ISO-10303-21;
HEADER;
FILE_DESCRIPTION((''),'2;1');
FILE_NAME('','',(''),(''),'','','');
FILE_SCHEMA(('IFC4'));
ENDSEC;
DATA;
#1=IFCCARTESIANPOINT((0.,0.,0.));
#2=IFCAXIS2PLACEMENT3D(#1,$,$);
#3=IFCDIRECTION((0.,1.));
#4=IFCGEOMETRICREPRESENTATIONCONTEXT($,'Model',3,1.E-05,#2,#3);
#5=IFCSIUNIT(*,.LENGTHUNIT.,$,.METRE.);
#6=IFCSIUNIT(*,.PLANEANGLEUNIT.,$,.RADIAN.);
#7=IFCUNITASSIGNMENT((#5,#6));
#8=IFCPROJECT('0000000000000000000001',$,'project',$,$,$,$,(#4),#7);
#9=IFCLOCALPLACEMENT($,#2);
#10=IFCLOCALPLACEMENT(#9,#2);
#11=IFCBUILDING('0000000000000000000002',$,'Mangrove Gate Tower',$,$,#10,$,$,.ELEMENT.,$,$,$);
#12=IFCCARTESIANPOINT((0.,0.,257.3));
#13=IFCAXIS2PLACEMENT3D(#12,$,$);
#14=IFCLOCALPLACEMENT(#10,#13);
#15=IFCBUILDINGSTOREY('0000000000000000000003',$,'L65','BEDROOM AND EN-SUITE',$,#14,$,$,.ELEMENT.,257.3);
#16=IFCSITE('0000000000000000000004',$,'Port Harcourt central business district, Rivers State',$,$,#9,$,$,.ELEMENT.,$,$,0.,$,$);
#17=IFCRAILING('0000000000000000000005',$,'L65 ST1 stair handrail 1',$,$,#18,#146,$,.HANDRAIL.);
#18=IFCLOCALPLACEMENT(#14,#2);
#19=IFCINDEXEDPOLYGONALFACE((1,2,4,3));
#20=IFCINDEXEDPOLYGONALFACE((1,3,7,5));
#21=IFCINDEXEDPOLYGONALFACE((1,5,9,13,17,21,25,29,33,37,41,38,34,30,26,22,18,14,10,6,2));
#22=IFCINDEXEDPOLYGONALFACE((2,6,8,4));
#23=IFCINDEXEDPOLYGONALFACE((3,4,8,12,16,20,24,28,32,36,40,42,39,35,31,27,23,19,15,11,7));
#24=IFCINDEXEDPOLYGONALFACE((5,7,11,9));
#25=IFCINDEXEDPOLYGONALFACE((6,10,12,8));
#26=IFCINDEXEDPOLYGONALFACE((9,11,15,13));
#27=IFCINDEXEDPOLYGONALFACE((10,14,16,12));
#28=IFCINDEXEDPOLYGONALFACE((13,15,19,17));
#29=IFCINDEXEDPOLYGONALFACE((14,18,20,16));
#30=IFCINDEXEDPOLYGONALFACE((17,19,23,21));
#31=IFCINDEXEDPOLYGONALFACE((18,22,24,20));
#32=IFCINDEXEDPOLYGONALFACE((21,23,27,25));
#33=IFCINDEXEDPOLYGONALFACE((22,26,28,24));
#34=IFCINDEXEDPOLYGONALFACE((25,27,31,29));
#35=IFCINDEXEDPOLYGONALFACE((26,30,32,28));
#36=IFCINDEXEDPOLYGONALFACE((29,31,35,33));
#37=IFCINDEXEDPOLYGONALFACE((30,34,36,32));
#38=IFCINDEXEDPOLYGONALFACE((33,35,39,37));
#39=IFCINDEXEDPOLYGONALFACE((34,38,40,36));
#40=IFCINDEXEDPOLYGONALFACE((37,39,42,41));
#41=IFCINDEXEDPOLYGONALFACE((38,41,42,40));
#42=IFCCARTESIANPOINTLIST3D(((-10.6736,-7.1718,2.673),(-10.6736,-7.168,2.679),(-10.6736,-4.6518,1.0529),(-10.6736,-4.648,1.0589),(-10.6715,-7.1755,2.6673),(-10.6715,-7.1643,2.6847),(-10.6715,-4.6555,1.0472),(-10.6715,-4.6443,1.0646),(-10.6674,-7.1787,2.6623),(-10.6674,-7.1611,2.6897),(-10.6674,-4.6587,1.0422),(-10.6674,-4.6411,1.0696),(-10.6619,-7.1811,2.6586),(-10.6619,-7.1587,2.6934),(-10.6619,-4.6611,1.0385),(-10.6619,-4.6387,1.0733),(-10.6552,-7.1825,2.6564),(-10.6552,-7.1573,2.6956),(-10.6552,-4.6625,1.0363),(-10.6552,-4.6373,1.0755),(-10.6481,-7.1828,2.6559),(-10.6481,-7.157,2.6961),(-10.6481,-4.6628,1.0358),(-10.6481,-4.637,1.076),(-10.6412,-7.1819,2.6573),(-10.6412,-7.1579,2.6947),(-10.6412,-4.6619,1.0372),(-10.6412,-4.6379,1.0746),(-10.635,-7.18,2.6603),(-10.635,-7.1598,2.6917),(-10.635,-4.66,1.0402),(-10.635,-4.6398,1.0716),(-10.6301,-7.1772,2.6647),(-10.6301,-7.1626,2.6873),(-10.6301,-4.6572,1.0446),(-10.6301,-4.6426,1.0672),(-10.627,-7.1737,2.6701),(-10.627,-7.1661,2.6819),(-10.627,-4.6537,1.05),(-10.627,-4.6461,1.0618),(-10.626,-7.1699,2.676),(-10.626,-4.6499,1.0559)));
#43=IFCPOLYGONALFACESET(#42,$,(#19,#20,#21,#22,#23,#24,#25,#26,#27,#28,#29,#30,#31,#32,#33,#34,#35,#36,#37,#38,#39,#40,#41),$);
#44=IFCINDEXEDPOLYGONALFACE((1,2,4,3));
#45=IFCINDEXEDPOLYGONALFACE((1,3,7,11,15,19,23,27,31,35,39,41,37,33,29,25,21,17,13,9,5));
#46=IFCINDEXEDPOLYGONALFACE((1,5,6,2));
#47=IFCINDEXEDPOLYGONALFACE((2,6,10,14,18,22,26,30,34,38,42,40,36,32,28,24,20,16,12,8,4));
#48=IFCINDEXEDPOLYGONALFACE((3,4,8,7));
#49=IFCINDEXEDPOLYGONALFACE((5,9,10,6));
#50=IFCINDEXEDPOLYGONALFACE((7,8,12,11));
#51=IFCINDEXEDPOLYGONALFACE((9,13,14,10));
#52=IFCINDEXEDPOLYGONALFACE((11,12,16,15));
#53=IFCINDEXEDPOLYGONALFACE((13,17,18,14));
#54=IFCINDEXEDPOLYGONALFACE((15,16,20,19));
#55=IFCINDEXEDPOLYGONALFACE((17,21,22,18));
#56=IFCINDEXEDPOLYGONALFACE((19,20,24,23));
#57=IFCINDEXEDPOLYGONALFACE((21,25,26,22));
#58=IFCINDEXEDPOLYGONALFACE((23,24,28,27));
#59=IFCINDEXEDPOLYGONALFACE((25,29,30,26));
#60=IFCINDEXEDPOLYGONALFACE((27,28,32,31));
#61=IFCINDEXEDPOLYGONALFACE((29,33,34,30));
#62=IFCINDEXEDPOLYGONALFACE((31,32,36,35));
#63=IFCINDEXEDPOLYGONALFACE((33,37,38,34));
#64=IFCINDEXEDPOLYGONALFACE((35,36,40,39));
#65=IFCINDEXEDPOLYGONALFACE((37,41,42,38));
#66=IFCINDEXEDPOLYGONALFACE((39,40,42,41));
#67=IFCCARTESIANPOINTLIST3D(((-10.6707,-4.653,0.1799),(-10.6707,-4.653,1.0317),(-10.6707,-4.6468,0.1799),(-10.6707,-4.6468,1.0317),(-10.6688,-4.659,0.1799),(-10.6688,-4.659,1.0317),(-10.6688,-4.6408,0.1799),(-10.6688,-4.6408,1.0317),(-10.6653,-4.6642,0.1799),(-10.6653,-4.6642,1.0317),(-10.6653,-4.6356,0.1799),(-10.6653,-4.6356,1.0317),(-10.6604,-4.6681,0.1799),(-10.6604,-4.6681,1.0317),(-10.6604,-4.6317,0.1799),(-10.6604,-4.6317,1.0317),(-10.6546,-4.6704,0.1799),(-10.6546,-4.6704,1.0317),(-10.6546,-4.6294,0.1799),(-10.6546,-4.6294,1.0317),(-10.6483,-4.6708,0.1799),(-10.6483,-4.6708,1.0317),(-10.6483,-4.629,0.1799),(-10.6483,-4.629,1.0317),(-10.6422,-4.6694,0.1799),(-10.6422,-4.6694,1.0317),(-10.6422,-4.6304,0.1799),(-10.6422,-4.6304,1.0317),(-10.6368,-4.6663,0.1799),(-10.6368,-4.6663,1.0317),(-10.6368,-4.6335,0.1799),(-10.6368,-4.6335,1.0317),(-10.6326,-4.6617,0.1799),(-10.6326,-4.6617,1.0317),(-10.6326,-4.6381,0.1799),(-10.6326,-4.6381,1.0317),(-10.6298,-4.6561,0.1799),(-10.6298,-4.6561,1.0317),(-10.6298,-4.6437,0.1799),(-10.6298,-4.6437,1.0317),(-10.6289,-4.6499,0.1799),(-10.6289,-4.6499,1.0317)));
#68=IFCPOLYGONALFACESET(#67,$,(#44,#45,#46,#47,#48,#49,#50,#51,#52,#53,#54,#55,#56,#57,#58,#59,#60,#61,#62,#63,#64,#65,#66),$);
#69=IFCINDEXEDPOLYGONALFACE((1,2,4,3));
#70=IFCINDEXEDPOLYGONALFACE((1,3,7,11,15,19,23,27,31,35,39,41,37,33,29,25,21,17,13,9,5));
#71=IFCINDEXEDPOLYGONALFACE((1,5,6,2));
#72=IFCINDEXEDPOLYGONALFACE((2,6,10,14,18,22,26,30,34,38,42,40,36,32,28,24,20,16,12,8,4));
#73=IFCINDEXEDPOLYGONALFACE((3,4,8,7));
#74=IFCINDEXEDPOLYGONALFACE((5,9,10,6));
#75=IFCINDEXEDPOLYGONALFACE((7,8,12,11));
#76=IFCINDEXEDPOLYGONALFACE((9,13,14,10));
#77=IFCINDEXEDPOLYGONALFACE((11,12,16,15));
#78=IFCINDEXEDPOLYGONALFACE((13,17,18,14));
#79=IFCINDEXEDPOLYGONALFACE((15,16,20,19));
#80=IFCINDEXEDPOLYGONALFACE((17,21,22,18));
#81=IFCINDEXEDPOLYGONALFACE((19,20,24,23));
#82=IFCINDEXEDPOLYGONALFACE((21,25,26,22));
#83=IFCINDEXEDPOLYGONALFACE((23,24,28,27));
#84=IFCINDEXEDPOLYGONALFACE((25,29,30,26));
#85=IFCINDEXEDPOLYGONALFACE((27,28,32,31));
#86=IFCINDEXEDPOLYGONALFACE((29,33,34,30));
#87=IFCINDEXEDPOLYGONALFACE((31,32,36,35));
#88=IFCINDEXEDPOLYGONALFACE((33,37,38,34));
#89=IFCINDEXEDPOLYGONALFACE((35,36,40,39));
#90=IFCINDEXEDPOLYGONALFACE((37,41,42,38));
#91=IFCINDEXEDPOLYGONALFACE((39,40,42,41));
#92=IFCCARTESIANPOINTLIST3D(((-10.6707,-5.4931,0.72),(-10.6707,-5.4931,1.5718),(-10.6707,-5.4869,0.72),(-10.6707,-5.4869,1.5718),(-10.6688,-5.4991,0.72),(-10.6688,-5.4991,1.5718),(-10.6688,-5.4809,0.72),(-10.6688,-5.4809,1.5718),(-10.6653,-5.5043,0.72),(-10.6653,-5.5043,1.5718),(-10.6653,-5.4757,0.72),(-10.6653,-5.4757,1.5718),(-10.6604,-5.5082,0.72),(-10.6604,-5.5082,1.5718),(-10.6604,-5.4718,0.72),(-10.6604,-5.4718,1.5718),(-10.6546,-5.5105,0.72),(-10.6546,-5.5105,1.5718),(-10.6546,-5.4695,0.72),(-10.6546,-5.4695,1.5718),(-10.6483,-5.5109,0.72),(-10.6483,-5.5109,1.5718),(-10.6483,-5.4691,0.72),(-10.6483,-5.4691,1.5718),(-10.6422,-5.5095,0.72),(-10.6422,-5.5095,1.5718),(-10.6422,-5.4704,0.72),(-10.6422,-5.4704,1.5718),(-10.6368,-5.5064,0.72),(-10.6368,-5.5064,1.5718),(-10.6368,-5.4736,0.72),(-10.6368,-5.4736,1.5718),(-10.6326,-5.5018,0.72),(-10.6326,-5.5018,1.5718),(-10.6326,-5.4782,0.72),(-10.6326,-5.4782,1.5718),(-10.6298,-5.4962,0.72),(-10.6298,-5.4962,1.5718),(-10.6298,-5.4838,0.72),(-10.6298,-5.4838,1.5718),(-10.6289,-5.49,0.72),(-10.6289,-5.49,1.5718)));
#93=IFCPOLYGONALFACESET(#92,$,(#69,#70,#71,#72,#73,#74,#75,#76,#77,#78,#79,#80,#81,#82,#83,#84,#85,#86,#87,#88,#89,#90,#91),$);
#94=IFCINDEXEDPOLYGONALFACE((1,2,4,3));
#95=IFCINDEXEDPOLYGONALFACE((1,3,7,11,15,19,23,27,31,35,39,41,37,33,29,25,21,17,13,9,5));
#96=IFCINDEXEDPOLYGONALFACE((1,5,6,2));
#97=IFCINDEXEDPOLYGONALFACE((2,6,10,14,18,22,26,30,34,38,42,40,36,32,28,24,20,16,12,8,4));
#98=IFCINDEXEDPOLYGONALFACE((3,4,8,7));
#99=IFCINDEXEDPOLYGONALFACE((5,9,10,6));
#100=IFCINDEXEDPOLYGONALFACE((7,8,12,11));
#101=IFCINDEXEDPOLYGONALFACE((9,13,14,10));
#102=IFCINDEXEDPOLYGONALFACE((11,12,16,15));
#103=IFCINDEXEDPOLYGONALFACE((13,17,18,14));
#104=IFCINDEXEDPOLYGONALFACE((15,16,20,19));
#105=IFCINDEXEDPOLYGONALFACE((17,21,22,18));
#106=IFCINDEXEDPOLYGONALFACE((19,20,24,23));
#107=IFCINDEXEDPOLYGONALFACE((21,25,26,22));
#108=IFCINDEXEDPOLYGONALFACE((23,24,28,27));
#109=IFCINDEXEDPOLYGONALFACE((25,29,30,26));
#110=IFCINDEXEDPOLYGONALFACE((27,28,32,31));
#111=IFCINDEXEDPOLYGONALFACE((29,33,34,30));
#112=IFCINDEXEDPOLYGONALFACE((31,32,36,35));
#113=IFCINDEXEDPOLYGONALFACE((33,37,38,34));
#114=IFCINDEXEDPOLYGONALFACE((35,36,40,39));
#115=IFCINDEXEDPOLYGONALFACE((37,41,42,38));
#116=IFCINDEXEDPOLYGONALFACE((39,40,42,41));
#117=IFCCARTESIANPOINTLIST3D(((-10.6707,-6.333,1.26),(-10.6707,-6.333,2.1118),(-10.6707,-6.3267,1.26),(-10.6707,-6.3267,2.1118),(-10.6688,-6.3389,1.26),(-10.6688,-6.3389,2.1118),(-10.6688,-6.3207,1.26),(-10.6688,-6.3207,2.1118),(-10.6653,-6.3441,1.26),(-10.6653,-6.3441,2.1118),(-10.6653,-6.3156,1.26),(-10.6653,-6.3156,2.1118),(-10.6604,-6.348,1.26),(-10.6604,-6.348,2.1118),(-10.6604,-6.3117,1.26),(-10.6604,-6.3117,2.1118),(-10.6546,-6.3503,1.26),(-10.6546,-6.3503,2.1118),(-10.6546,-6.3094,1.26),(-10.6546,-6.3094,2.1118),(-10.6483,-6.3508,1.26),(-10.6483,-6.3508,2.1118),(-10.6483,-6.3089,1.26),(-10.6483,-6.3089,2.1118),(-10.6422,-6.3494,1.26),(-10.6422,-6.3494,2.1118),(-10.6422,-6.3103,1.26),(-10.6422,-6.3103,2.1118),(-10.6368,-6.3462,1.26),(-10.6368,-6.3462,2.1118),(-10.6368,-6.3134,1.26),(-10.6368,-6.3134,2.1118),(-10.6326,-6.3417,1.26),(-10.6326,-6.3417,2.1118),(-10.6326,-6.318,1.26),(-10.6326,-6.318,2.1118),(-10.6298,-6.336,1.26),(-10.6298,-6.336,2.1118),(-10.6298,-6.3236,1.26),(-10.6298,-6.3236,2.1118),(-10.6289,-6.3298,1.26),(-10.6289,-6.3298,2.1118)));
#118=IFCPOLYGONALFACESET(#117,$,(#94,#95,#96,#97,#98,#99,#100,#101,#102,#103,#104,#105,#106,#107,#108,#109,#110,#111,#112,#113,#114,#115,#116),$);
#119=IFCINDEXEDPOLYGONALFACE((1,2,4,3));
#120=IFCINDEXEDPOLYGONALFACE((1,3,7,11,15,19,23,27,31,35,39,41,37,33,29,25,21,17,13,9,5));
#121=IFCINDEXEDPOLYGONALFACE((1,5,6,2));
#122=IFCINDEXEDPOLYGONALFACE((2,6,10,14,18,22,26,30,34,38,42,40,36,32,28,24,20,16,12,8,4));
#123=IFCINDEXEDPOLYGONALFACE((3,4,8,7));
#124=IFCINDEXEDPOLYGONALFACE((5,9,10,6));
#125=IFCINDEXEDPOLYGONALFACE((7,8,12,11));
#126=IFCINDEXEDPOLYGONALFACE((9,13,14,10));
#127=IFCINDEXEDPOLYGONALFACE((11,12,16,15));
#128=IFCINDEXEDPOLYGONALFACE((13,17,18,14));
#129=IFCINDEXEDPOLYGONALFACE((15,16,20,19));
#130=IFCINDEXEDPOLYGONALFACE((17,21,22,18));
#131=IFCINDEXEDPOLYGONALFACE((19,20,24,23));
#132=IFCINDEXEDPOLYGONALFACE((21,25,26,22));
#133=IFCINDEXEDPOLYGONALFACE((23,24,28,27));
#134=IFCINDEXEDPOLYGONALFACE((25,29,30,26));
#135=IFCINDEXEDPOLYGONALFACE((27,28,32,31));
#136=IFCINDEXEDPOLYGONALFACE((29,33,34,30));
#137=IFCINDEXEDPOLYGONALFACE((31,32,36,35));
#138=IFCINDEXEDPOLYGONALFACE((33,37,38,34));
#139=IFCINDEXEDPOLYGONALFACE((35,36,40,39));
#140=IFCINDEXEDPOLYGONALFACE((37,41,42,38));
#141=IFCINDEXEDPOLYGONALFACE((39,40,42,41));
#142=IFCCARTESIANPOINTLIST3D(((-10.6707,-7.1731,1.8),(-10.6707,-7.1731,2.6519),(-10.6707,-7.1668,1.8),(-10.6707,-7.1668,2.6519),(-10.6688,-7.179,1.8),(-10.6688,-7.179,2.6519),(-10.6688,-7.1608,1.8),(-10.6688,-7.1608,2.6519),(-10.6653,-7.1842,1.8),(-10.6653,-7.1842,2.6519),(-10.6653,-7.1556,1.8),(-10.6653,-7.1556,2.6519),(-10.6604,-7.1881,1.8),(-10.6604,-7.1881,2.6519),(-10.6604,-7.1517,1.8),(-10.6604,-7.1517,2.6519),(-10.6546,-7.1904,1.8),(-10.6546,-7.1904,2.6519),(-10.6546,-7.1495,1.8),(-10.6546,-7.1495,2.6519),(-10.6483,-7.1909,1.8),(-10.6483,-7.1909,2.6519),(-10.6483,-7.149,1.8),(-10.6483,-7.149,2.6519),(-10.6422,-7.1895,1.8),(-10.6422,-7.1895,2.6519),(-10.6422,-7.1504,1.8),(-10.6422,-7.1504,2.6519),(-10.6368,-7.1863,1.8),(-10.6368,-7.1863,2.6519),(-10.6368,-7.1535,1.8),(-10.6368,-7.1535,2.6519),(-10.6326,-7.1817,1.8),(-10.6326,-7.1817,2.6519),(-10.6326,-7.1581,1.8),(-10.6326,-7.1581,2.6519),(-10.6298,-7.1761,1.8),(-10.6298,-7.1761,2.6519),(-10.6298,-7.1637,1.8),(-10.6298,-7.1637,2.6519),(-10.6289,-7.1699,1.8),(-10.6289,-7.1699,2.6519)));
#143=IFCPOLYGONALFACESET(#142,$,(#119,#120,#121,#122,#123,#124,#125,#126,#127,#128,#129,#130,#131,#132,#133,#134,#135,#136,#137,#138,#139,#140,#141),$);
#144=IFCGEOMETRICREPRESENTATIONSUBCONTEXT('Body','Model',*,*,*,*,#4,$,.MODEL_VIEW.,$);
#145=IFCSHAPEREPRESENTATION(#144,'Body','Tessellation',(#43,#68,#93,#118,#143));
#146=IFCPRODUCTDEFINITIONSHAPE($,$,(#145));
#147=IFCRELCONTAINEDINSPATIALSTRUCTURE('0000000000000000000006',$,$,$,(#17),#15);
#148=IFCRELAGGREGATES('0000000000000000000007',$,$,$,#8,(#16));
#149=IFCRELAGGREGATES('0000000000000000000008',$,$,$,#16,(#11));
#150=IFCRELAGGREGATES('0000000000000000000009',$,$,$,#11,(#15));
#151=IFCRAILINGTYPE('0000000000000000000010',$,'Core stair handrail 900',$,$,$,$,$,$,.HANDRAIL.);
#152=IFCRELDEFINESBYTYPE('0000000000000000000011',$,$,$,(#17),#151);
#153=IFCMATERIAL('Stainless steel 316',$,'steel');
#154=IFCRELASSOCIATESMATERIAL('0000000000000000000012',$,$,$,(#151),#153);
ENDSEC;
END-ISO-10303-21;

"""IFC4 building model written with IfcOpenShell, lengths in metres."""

from ifc_helpers import new_model, si_unit, direction, frame, origin, origin_2d, place, context, subcontext, project, spatial, circle, extrude, material, type_object, element, save


model = new_model("IFC4")

# Units and contexts
model_context = context("Model", 3, precision=1e-05, world=origin(), true_north=direction((0.0, 1.0)))
body_context = subcontext(model_context, "Body", "Model", "MODEL_VIEW")
ifc_project = project(units=[si_unit("LENGTHUNIT", "METRE"), si_unit("PLANEANGLEUNIT", "RADIAN")], contexts=[model_context])

# Site, building, storey
site_placement = place(None, origin())
site = spatial("IfcSite", under=ifc_project, at=site_placement, Name="Port Harcourt central business district, Rivers State", CompositionType="ELEMENT", RefElevation=0.0)
building_placement = place(site_placement, origin())
building = spatial("IfcBuilding", under=site, at=building_placement, Name="Mangrove Gate Tower", CompositionType="ELEMENT")
storey_placement = place(building_placement, frame((0.0, 0.0, 257.3)))
storey = spatial("IfcBuildingStorey", under=building, at=storey_placement, Name="L65", Description="BEDROOM AND EN-SUITE", CompositionType="ELEMENT", Elevation=257.3)

# Railing
ifc_material_1 = material(Name="Stainless steel 316", Category="steel")
railing_type_1 = type_object("IfcRailingType", Name="Core stair handrail 900", PredefinedType="HANDRAIL", material=ifc_material_1)
railing_1_placement = place(storey_placement, frame((-10.6499, -4.6499, 0.1799)))
element("IfcRailing", 1, at=railing_1_placement, inside=storey, type_object=railing_type_1, Name="L65 ST1 stair handrail 1", PredefinedType="HANDRAIL", context=body_context, shape_type="SweptSolid", body=[
    extrude(circle(Radius=0.0239, at=origin_2d()), frame((0.0, 0.0, 0.876), z_axis=(0.0, -0.841163, 0.540782), x_axis=(1.0, 0.0, 0.0)), (0.0, 0.0, 1.0), 2.9958),
    extrude(circle(Radius=0.021, at=origin_2d()), origin(), (0.0, 0.0, 1.0), 0.8518),
    extrude(circle(Radius=0.021, at=origin_2d()), frame((0.0, -0.8401, 0.54)), (0.0, 0.0, 1.0), 0.8518),
    extrude(circle(Radius=0.021, at=origin_2d()), frame((0.0, -1.6799, 1.0801)), (0.0, 0.0, 1.0), 0.8518),
    extrude(circle(Radius=0.021, at=origin_2d()), frame((0.0, -2.52, 1.6201)), (0.0, 0.0, 1.0), 0.8518),
])

save(model, "model.ifc")
